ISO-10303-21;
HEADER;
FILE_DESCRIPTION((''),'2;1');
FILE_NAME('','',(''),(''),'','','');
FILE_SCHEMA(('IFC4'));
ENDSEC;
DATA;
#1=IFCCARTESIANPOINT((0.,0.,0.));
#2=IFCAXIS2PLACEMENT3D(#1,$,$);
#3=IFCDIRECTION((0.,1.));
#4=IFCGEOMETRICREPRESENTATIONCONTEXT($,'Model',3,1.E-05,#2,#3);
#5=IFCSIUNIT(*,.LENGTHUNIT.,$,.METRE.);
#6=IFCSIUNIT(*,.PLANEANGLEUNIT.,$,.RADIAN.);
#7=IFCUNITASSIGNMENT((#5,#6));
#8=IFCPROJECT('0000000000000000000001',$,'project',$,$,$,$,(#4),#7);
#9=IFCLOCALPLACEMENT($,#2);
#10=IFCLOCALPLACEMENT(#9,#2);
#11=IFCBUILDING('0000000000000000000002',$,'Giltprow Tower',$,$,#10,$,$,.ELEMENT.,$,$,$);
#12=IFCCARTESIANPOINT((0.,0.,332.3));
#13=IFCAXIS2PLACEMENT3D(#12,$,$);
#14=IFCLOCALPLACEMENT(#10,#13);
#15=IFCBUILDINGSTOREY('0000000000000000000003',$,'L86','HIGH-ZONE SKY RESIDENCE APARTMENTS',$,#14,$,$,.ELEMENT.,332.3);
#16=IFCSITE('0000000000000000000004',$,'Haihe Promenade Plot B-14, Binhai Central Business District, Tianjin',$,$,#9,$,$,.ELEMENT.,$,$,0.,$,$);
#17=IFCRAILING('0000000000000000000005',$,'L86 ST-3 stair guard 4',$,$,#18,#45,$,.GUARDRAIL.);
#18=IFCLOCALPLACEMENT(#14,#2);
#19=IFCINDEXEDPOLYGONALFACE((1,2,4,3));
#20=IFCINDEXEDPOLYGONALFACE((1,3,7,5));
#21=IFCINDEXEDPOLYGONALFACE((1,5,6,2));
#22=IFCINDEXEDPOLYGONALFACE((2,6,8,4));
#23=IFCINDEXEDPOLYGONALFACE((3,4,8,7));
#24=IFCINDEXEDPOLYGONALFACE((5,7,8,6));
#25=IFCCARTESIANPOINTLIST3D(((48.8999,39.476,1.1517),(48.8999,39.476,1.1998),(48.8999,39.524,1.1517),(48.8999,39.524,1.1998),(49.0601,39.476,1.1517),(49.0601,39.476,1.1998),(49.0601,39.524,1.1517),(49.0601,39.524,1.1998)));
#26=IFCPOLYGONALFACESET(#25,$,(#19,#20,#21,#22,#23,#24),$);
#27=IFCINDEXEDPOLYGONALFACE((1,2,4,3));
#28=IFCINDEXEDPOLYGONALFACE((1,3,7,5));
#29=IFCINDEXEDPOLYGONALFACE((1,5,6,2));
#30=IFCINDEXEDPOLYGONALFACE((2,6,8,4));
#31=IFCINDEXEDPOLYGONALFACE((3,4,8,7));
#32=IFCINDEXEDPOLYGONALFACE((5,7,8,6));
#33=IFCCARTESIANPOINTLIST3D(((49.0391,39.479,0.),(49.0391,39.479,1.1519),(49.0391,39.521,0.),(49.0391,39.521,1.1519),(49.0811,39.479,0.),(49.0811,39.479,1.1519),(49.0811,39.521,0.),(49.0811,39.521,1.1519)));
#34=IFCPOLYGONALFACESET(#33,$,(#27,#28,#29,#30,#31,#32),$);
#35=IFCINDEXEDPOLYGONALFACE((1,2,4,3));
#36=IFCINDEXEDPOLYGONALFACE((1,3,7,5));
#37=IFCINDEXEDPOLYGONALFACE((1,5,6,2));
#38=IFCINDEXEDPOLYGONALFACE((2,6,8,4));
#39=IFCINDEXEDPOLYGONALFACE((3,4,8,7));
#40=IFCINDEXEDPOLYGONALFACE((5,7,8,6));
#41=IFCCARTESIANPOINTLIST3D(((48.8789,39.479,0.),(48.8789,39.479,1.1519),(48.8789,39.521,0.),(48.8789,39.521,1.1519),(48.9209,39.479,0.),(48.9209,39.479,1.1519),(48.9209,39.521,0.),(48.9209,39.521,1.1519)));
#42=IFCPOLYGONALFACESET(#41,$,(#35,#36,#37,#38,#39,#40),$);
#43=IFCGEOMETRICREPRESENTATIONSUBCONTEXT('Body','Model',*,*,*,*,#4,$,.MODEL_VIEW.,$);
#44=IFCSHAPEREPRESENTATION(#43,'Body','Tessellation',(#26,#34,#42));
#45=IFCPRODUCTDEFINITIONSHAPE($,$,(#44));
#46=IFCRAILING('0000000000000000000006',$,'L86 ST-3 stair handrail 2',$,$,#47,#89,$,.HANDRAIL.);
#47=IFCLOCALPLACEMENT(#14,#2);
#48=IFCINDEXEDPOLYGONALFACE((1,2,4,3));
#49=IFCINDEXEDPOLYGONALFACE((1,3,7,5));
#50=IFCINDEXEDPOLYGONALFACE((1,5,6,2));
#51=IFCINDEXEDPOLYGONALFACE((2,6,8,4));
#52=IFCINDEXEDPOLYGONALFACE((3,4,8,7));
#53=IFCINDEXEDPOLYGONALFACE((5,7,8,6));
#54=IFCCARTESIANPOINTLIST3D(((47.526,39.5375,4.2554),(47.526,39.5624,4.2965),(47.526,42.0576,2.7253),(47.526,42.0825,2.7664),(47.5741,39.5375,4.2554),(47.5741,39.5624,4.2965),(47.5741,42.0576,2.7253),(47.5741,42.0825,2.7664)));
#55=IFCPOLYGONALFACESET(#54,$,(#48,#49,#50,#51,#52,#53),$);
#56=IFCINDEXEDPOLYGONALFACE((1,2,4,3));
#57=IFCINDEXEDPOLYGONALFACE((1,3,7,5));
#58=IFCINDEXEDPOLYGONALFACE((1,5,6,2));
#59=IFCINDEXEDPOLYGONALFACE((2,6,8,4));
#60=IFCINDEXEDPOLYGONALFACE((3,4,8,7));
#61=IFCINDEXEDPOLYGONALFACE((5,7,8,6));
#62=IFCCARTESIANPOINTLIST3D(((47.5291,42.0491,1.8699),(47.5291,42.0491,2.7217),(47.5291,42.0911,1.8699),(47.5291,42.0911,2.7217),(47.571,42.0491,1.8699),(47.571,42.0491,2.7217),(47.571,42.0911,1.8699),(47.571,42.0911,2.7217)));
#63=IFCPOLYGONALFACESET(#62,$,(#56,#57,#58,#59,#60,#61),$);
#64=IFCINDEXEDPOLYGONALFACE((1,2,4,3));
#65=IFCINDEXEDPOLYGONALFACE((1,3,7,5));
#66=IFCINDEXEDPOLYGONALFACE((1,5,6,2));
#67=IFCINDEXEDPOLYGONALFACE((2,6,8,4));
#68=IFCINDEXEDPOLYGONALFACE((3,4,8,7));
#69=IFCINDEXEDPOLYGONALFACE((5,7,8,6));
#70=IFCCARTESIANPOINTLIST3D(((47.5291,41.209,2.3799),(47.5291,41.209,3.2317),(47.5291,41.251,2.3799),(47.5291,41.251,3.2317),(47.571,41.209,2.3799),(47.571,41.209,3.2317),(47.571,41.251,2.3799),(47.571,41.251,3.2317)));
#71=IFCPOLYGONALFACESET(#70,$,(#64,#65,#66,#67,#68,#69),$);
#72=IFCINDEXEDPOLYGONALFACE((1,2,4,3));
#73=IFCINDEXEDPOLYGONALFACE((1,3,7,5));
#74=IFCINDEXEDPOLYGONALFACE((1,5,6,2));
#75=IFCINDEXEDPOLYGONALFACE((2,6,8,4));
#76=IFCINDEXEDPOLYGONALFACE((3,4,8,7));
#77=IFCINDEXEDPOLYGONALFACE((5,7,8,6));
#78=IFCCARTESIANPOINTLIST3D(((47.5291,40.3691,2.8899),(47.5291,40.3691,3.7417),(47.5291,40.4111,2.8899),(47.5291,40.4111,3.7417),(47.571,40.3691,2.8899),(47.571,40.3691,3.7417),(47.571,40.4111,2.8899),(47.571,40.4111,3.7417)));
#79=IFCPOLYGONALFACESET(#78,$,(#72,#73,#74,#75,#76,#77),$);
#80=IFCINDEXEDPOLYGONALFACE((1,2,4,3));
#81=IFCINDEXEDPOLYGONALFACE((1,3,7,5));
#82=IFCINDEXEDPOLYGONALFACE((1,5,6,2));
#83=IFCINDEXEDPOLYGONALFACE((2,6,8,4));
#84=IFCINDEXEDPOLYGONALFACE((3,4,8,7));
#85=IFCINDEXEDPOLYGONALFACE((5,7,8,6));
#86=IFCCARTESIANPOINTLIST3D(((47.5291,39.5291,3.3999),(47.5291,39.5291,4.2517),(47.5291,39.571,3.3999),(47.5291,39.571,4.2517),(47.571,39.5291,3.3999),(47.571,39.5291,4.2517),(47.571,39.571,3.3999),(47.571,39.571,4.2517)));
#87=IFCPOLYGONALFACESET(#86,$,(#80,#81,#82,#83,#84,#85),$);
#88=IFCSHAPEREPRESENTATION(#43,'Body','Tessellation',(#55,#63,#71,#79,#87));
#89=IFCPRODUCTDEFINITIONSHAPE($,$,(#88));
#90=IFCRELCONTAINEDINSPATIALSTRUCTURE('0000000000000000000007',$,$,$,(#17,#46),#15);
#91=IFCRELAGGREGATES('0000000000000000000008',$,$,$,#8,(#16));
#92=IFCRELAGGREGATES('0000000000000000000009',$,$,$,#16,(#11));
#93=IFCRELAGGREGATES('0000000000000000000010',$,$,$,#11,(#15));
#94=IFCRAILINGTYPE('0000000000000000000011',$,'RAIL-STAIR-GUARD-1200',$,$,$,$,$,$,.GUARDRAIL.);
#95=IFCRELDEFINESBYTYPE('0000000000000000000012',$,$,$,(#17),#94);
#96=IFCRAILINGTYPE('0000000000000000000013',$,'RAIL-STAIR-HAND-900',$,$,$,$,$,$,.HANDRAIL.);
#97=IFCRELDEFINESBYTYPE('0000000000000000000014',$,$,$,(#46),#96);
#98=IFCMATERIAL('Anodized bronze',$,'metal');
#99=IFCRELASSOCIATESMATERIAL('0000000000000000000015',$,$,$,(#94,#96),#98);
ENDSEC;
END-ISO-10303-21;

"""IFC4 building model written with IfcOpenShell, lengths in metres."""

from ifc_helpers import new_model, si_unit, direction, frame, origin, origin_2d, place, context, subcontext, project, spatial, rectangle, extrude, material, type_object, element, save


model = new_model("IFC4")

# Units and contexts
model_context = context("Model", 3, precision=1e-05, world=origin(), true_north=direction((0.0, 1.0)))
body_context = subcontext(model_context, "Body", "Model", "MODEL_VIEW")
ifc_project = project(units=[si_unit("LENGTHUNIT", "METRE"), si_unit("PLANEANGLEUNIT", "RADIAN")], contexts=[model_context])

# Site, building, storey
site_placement = place(None, origin())
site = spatial("IfcSite", under=ifc_project, at=site_placement, Name="Haihe Promenade Plot B-14, Binhai Central Business District, Tianjin", CompositionType="ELEMENT", RefElevation=0.0)
building_placement = place(site_placement, origin())
building = spatial("IfcBuilding", under=site, at=building_placement, Name="Giltprow Tower", CompositionType="ELEMENT")
storey_placement = place(building_placement, frame((0.0, 0.0, 332.3)))
storey = spatial("IfcBuildingStorey", under=building, at=storey_placement, Name="L86", Description="HIGH-ZONE SKY RESIDENCE APARTMENTS", CompositionType="ELEMENT", Elevation=332.3)

# Railings
ifc_material_1 = material(Name="Anodized bronze", Category="metal")
railing_type_1 = type_object("IfcRailingType", Name="RAIL-STAIR-GUARD-1200", PredefinedType="GUARDRAIL", material=ifc_material_1)
railing_1_placement = place(storey_placement, frame((49.0601, 39.5, 0.0)))
element("IfcRailing", 1, at=railing_1_placement, inside=storey, type_object=railing_type_1, Name="L86 ST-3 stair guard 4", PredefinedType="GUARDRAIL", context=body_context, shape_type="SweptSolid", body=[
    extrude(rectangle(XDim=0.0481, YDim=0.0481, at=origin_2d()), frame((0.0, 0.0, 1.1758), z_axis=(-1.0, 0.0, 0.0), x_axis=(0.0, -1.0, 0.0)), (0.0, 0.0, 1.0), 0.1602),
    extrude(rectangle(XDim=0.042, YDim=0.042, at=origin_2d()), origin(), (0.0, 0.0, 1.0), 1.1519),
    extrude(rectangle(XDim=0.042, YDim=0.042, at=origin_2d()), frame((-0.1602, 0.0, 0.0)), (0.0, 0.0, 1.0), 1.1519),
])
railing_type_2 = type_object("IfcRailingType", Name="RAIL-STAIR-HAND-900", PredefinedType="HANDRAIL", material=ifc_material_1)
railing_2_placement = place(storey_placement, frame((47.55, 42.0701, 1.8699)))
element("IfcRailing", 2, at=railing_2_placement, inside=storey, type_object=railing_type_2, Name="L86 ST-3 stair handrail 2", PredefinedType="HANDRAIL", context=body_context, shape_type="SweptSolid", body=[
    extrude(rectangle(XDim=0.0481, YDim=0.0481, at=origin_2d()), frame((0.0, 0.0, 0.876), z_axis=(0.0, -0.854785, 0.518982), x_axis=(1.0, 0.0, 0.0)), (0.0, 0.0, 1.0), 2.9482),
    extrude(rectangle(XDim=0.042, YDim=0.042, at=origin_2d()), origin(), (0.0, 0.0, 1.0), 0.8518),
    extrude(rectangle(XDim=0.042, YDim=0.042, at=origin_2d()), frame((0.0, -0.8401, 0.51)), (0.0, 0.0, 1.0), 0.8518),
    extrude(rectangle(XDim=0.042, YDim=0.042, at=origin_2d()), frame((0.0, -1.6799, 1.02)), (0.0, 0.0, 1.0), 0.8518),
    extrude(rectangle(XDim=0.042, YDim=0.042, at=origin_2d()), frame((0.0, -2.52, 1.53)), (0.0, 0.0, 1.0), 0.8518),
])

save(model, "model.ifc")
